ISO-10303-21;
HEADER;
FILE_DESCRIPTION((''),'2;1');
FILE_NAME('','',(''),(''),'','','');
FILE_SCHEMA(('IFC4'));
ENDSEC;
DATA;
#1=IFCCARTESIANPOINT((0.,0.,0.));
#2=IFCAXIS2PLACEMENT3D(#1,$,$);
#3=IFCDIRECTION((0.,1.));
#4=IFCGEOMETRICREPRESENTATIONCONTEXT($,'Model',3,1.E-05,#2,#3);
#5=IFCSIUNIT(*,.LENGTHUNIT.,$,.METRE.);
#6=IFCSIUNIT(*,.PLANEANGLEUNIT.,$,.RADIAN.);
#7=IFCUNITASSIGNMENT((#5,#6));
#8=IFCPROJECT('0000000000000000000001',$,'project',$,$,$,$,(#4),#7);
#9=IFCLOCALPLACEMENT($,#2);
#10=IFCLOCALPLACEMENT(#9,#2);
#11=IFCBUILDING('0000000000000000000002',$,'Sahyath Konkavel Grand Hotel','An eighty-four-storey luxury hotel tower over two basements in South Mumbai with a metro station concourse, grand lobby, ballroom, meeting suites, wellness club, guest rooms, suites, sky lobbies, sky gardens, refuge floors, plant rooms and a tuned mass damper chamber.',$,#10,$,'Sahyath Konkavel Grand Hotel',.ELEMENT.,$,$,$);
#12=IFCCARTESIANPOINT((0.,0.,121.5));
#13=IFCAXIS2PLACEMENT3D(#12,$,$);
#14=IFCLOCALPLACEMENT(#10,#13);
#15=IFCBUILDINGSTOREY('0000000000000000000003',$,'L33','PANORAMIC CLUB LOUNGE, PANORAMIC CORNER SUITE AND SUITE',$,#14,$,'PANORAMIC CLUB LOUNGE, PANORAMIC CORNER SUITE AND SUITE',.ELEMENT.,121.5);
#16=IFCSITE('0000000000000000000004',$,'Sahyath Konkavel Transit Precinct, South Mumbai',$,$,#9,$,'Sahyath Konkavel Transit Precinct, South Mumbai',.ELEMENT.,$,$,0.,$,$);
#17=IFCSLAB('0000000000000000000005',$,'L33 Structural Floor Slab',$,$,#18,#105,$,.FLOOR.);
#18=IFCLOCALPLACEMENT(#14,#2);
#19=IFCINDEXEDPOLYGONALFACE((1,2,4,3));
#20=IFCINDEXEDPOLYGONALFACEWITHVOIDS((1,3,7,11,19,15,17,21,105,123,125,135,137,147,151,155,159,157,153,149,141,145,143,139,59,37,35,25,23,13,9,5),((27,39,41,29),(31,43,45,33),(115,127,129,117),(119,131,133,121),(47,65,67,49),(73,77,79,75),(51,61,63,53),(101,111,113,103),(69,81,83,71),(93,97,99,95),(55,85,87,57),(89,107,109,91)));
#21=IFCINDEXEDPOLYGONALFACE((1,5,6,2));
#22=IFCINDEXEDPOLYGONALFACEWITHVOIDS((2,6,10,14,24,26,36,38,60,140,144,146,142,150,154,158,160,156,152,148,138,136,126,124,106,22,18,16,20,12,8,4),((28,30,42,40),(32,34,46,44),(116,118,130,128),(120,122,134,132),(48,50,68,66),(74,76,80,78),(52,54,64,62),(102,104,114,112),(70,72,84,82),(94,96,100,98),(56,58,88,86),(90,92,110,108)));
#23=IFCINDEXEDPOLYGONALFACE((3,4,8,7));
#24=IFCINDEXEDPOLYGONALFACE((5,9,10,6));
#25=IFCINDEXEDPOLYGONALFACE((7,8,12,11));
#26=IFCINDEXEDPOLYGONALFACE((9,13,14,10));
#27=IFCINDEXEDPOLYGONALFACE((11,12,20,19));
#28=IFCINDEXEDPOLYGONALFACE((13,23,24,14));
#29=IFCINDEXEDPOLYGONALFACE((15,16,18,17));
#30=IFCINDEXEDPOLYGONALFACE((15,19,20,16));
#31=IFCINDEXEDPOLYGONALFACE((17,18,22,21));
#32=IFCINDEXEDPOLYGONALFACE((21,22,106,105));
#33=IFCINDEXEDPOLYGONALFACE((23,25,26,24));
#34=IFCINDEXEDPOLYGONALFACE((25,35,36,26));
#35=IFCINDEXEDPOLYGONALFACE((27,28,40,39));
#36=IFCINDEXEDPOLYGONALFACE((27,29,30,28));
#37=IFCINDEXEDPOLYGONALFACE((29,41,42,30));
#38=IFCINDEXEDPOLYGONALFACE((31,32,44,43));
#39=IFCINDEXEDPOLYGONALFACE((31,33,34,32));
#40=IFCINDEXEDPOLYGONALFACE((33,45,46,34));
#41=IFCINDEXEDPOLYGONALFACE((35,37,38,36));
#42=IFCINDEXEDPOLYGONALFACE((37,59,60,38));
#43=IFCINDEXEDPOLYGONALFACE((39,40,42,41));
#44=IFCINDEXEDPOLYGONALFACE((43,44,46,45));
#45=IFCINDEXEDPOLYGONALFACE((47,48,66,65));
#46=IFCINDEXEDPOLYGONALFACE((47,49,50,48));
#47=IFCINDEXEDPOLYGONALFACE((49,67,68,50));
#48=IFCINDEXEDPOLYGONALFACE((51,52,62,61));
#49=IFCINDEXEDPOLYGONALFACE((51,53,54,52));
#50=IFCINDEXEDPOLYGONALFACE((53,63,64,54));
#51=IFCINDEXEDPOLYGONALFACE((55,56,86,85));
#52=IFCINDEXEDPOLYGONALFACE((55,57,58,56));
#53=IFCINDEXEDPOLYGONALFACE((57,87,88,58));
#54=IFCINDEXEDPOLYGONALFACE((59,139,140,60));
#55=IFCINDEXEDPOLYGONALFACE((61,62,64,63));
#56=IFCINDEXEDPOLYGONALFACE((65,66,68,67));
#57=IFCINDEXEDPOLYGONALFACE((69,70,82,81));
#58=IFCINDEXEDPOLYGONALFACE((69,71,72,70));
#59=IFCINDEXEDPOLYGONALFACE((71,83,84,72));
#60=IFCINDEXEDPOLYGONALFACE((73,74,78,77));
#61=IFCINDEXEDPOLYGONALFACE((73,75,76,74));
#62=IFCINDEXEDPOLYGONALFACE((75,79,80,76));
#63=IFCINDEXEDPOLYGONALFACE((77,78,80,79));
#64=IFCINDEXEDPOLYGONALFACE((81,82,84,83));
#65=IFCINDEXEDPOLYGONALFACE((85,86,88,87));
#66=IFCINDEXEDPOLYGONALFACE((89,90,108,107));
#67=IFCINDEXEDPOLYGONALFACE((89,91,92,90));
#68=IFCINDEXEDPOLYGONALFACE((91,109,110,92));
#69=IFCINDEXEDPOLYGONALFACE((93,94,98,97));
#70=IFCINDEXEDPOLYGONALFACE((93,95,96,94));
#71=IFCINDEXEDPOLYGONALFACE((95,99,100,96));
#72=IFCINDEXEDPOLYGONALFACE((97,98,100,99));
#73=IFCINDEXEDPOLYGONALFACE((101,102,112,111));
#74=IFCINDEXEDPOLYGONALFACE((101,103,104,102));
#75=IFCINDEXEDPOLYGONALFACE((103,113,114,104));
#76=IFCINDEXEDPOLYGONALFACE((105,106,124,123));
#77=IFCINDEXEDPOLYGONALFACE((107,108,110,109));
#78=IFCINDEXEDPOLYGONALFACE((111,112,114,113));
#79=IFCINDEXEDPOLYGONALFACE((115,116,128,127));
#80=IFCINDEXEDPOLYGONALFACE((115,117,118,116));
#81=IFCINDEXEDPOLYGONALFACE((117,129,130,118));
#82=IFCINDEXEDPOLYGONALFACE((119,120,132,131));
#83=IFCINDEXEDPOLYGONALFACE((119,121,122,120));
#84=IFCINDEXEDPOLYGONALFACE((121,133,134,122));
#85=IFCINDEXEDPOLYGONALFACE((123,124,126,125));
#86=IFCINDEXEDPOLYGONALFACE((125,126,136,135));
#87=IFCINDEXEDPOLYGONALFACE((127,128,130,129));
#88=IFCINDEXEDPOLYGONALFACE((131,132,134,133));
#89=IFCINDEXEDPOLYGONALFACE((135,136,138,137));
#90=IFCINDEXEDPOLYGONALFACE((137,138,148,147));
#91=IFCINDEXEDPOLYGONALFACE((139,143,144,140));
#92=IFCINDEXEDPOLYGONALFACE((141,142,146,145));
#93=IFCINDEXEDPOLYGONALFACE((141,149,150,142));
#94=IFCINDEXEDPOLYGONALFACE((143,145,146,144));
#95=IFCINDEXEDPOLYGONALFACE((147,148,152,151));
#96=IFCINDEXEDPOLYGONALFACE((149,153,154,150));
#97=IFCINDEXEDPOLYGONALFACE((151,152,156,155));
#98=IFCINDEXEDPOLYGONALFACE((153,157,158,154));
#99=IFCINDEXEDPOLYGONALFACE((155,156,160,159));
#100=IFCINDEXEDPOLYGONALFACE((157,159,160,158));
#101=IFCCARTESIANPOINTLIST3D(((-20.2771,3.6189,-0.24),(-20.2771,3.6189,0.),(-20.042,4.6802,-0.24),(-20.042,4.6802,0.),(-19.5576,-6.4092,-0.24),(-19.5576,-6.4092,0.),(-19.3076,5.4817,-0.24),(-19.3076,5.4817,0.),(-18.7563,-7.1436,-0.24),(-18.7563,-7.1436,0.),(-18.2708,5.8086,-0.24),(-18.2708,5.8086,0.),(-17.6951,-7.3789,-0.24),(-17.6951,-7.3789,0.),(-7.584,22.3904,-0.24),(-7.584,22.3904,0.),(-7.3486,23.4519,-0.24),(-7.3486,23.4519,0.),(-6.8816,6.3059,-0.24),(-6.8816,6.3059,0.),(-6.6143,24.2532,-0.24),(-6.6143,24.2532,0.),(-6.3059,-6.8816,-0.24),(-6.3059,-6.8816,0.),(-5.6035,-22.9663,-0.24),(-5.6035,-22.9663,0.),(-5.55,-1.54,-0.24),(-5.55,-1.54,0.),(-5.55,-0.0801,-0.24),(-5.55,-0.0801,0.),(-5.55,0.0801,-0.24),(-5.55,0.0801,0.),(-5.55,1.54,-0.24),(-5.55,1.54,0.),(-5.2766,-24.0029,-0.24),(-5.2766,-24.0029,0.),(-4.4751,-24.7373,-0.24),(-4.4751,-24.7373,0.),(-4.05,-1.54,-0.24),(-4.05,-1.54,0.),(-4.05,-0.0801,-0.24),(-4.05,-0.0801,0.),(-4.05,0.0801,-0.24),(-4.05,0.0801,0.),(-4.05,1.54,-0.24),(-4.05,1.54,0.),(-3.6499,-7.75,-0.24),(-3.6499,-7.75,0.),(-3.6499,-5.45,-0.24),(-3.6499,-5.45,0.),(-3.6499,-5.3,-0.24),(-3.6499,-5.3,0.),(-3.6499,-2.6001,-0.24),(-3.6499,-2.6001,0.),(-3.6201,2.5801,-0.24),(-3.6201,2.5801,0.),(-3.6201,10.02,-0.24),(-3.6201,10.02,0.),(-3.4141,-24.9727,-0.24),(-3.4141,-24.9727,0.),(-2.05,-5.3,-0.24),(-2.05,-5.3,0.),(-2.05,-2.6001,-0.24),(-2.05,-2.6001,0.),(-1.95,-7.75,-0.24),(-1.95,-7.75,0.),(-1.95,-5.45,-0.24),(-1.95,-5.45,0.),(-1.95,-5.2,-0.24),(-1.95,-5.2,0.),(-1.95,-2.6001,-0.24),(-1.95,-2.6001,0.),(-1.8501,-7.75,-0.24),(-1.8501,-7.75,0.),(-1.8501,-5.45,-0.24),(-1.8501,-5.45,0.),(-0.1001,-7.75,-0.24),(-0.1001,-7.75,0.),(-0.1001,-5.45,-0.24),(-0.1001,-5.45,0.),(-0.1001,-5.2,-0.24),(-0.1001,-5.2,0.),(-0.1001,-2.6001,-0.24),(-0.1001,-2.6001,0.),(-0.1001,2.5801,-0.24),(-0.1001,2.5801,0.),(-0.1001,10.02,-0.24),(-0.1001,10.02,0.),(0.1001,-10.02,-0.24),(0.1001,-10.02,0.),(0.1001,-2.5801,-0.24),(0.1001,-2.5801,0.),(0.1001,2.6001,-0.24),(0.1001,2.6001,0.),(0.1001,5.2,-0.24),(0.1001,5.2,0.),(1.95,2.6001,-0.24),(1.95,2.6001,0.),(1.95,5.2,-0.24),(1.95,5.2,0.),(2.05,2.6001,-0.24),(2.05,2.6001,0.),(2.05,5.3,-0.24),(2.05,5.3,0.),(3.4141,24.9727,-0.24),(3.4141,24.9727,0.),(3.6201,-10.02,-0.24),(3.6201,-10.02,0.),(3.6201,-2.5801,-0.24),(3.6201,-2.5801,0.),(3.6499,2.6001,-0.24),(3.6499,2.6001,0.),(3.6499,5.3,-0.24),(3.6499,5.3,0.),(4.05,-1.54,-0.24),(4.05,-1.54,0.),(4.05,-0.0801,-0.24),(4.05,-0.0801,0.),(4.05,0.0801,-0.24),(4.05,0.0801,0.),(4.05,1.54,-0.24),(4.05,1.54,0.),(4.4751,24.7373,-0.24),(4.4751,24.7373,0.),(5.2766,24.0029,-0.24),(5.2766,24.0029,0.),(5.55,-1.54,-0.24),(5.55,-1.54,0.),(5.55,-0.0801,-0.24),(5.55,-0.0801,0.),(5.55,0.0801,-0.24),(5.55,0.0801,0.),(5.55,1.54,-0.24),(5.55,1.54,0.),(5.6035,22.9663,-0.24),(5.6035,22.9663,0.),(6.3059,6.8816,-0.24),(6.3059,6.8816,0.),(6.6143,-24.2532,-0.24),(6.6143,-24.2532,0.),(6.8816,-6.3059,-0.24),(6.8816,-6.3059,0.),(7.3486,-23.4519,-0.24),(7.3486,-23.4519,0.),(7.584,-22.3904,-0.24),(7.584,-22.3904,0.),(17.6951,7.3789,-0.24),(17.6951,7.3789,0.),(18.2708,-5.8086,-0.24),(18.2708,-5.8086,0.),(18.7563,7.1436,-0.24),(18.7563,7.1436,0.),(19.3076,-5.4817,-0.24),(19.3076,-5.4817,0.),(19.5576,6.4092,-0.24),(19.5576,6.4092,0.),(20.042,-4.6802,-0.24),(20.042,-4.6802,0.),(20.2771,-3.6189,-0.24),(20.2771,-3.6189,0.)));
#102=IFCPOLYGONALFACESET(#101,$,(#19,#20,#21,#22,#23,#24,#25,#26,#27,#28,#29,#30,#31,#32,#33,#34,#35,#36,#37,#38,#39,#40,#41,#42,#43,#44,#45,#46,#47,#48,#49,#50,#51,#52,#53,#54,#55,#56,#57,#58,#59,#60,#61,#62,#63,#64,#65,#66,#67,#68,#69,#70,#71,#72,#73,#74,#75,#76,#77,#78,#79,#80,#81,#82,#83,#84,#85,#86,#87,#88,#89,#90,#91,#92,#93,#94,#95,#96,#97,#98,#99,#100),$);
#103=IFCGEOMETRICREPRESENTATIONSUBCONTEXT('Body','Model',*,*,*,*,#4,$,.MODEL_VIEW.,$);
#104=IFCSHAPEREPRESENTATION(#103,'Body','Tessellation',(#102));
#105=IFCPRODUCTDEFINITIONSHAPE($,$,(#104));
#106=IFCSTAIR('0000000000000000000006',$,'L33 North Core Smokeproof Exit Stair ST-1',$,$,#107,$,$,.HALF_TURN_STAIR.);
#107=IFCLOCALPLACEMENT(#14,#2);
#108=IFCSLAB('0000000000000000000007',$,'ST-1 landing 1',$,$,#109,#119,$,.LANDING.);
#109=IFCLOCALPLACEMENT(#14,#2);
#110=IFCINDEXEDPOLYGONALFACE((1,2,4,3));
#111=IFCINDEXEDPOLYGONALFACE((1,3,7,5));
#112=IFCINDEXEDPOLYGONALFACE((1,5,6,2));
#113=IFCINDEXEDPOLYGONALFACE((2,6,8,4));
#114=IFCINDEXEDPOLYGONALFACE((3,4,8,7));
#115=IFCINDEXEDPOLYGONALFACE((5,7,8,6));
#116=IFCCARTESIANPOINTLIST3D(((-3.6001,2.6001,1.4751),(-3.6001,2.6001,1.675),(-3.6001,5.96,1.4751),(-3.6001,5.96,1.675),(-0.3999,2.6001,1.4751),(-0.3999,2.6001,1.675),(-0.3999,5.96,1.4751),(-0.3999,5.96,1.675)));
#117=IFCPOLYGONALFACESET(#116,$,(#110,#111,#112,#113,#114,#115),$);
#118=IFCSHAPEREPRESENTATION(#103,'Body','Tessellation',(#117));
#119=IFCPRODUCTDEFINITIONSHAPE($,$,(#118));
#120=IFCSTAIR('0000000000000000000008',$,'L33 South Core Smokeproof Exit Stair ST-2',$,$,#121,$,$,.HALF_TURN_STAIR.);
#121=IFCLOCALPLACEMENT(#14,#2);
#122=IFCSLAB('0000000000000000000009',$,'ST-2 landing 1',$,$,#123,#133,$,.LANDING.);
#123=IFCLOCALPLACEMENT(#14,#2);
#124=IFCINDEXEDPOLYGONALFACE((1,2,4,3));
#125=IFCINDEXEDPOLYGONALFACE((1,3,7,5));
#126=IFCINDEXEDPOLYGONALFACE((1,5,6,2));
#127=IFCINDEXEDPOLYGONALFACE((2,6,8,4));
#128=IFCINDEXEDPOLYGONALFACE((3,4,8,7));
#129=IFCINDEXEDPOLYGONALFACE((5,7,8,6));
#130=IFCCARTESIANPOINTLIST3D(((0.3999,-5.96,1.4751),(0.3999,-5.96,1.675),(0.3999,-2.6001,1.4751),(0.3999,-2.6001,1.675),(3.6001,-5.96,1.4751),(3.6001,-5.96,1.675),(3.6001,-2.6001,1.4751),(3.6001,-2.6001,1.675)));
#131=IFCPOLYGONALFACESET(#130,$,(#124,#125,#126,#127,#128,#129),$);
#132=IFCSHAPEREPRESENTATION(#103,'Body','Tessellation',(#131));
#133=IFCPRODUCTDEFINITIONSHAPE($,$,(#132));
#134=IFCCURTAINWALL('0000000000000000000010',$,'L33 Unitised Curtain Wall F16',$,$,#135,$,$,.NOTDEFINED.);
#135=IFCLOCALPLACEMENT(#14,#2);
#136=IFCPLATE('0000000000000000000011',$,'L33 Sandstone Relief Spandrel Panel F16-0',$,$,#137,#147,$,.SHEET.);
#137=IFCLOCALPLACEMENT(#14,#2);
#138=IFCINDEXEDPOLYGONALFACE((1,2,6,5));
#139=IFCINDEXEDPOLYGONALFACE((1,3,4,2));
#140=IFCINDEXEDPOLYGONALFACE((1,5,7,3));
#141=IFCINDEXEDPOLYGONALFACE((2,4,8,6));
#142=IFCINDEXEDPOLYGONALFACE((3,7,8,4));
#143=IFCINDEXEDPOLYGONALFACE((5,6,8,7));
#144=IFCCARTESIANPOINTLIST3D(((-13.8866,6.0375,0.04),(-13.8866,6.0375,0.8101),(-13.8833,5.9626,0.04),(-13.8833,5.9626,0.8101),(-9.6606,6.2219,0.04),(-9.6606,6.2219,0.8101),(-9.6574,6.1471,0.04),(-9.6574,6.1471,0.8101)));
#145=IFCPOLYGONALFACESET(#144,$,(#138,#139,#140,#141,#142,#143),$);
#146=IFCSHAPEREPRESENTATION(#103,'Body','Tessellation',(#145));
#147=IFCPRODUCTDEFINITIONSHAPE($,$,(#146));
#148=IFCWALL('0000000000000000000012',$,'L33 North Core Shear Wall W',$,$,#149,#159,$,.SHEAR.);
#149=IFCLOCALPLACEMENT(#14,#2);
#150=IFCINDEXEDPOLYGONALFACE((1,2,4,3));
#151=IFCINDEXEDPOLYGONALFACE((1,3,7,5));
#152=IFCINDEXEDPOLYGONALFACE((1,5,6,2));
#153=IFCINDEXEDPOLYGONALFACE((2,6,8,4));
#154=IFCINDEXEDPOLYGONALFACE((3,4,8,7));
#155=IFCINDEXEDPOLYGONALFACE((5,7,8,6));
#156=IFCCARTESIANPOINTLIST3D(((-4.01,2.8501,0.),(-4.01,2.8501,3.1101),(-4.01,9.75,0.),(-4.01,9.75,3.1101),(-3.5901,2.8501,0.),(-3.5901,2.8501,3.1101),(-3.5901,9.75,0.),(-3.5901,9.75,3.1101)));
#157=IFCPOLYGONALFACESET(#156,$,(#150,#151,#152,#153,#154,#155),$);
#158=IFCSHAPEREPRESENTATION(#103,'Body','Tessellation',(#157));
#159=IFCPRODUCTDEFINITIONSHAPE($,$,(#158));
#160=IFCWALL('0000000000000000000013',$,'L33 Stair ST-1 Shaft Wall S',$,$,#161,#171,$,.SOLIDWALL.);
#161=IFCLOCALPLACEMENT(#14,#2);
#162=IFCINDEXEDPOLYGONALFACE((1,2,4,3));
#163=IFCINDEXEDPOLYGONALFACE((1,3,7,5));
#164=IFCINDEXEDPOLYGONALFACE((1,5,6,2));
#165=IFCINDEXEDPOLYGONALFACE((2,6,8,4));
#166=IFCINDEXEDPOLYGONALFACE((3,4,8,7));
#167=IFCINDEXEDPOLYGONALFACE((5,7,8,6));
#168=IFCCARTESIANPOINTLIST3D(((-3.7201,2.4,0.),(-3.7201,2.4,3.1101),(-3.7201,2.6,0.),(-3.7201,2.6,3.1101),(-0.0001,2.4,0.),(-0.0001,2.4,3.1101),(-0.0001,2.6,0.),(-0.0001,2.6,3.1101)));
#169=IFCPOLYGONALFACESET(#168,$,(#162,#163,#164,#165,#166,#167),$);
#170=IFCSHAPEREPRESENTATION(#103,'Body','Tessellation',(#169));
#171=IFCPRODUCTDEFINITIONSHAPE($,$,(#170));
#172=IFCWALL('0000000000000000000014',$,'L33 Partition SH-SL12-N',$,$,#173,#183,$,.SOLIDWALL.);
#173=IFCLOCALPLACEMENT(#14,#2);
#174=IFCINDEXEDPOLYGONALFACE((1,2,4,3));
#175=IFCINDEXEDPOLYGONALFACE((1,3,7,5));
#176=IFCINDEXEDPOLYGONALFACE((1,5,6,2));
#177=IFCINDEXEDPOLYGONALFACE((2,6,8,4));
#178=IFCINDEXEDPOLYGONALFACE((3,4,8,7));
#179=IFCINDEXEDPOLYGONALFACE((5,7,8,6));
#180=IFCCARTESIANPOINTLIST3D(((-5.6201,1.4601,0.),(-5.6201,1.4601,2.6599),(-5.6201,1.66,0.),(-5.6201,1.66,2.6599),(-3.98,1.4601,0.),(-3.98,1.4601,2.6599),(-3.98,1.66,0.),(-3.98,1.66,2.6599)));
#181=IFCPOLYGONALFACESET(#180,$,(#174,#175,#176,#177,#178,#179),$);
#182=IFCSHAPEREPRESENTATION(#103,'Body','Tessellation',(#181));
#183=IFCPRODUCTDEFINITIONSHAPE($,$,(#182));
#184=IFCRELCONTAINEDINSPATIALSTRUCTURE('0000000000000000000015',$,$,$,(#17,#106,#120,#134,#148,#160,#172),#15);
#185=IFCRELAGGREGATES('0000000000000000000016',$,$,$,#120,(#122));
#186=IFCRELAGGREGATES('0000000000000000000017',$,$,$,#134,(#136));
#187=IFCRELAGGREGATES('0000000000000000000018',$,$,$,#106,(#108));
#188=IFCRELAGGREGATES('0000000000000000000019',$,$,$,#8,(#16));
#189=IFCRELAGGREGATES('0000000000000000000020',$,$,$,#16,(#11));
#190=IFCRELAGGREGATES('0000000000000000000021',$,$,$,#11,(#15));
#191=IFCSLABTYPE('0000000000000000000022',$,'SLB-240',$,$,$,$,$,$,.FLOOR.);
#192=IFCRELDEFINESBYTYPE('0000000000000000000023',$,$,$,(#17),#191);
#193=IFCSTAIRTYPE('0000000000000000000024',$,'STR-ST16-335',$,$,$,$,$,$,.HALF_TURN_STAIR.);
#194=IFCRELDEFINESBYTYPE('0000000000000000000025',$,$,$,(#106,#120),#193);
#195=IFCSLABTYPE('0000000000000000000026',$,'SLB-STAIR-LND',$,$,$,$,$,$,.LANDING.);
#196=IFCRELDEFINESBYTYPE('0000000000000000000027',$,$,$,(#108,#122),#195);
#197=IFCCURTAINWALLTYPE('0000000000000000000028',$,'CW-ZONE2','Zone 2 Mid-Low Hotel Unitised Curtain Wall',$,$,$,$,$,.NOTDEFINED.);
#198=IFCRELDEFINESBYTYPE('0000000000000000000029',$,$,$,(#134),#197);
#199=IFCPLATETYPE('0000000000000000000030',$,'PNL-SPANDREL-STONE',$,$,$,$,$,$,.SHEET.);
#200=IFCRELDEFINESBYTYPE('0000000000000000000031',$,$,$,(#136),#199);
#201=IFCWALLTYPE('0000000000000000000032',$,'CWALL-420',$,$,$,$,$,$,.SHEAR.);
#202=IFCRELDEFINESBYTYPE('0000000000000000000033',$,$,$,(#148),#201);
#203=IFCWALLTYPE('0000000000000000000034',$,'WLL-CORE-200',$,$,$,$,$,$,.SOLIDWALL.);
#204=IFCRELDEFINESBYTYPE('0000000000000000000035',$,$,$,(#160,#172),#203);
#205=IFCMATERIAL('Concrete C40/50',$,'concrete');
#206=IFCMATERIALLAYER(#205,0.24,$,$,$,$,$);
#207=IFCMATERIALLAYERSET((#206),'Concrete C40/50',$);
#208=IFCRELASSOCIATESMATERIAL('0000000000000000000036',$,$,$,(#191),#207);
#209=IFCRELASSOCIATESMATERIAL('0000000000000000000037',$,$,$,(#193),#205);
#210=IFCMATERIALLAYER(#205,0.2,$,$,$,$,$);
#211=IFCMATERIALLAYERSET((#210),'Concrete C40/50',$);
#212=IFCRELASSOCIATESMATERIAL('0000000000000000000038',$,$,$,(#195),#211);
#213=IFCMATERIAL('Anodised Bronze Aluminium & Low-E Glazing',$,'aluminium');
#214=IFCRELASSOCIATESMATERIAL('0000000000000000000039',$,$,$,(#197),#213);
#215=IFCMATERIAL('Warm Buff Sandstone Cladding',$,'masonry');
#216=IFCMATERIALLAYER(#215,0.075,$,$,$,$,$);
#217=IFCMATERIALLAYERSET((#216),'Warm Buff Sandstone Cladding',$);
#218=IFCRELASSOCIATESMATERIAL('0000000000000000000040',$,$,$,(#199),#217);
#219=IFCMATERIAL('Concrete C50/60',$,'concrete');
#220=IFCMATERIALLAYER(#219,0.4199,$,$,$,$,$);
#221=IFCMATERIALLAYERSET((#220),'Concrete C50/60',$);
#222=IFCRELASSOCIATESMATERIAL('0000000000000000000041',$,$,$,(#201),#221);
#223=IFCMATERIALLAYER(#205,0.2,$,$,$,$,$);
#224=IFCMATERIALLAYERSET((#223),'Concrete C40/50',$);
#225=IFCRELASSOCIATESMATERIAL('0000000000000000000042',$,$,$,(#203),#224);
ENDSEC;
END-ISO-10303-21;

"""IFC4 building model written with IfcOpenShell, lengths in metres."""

from ifc_helpers import new_model, si_unit, direction, frame, frame_2d, origin, origin_2d, place, context, subcontext, project, spatial, polyline, rectangle, outline, extrude, source, transform, mapped, material, layer, layer_set, type_object, element, aggregate, save


model = new_model("IFC4")

# Units and contexts
model_context = context("Model", 3, precision=1e-05, world=origin(), true_north=direction((0.0, 1.0)))
body_context = subcontext(model_context, "Body", "Model", "MODEL_VIEW")
ifc_project = project(units=[si_unit("LENGTHUNIT", "METRE"), si_unit("PLANEANGLEUNIT", "RADIAN")], contexts=[model_context])

# Site, building, storey
site_placement = place(None, origin())
site = spatial("IfcSite", under=ifc_project, at=site_placement, Name="Sahyath Konkavel Transit Precinct, South Mumbai", LongName="Sahyath Konkavel Transit Precinct, South Mumbai", CompositionType="ELEMENT", RefElevation=0.0)
building_placement = place(site_placement, origin())
building = spatial("IfcBuilding", under=site, at=building_placement, Name="Sahyath Konkavel Grand Hotel", Description="An eighty-four-storey luxury hotel tower over two basements in South Mumbai with a metro station concourse, grand lobby, ballroom, meeting suites, wellness club, guest rooms, suites, sky lobbies, sky gardens, refuge floors, plant rooms and a tuned mass damper chamber.", LongName="Sahyath Konkavel Grand Hotel", CompositionType="ELEMENT")
storey_placement = place(building_placement, frame((0.0, 0.0, 121.5)))
storey = spatial("IfcBuildingStorey", under=building, at=storey_placement, Name="L33", Description="PANORAMIC CLUB LOUNGE, PANORAMIC CORNER SUITE AND SUITE", LongName="PANORAMIC CLUB LOUNGE, PANORAMIC CORNER SUITE AND SUITE", CompositionType="ELEMENT", Elevation=121.5)

# Shared definitions
ifc_material_1 = material(Name="Concrete C50/60", Category="concrete")

# Slab
ifc_material_2 = material(Name="Concrete C40/50", Category="concrete")
ifc_layer_1 = layer(ifc_material_2, 0.24)
ifc_layer_set_1 = layer_set([ifc_layer_1], Name="Concrete C40/50")
slab_type_1 = type_object("IfcSlabType", Name="SLB-240", PredefinedType="FLOOR", material=ifc_layer_set_1)
slab_1_placement = place(storey_placement, frame((0.0, 0.0, -0.24)))
element("IfcSlab", 1, at=slab_1_placement, inside=storey, type_object=slab_type_1, Name="L33 Structural Floor Slab", PredefinedType="FLOOR", context=body_context, shape_type="SweptSolid", body=[
    extrude(outline(polyline([(6.8816, -6.3059), (18.2708, -5.8086), (19.3076, -5.4817), (20.042, -4.6802), (20.2771, -3.6189), (19.5576, 6.4092), (18.7563, 7.1436), (17.6951, 7.3789), (6.3059, 6.8816), (5.6035, 22.9663), (5.2766, 24.0029), (4.4751, 24.7373), (3.4141, 24.9727), (-6.6143, 24.2532), (-7.3486, 23.4519), (-7.584, 22.3904), (-6.8816, 6.3059), (-18.2708, 5.8086), (-19.3076, 5.4817), (-20.042, 4.6802), (-20.2771, 3.6189), (-19.5576, -6.4092), (-18.7563, -7.1436), (-17.6951, -7.3789), (-6.3059, -6.8816), (-5.6035, -22.9663), (-5.2766, -24.0029), (-4.4751, -24.7373), (-3.4141, -24.9727), (6.6143, -24.2532), (7.3486, -23.4519), (7.584, -22.3904), (6.8816, -6.3059)]), holes=[polyline([(-3.6201, 2.5801), (-0.1001, 2.5801), (-0.1001, 10.02), (-3.6201, 10.02), (-3.6201, 2.5801)]), polyline([(0.1001, -10.02), (3.6201, -10.02), (3.6201, -2.5801), (0.1001, -2.5801), (0.1001, -10.02)]), polyline([(0.1001, 2.6001), (1.95, 2.6001), (1.95, 5.2), (0.1001, 5.2), (0.1001, 2.6001)]), polyline([(-1.95, -5.2), (-0.1001, -5.2), (-0.1001, -2.6001), (-1.95, -2.6001), (-1.95, -5.2)]), polyline([(2.05, 2.6001), (3.6499, 2.6001), (3.6499, 5.3), (2.05, 5.3), (2.05, 2.6001)]), polyline([(-3.6499, -5.3), (-2.05, -5.3), (-2.05, -2.6001), (-3.6499, -2.6001), (-3.6499, -5.3)]), polyline([(-3.6499, -7.75), (-1.95, -7.75), (-1.95, -5.45), (-3.6499, -5.45), (-3.6499, -7.75)]), polyline([(-1.8501, -7.75), (-0.1001, -7.75), (-0.1001, -5.45), (-1.8501, -5.45), (-1.8501, -7.75)]), polyline([(4.05, 0.0801), (5.55, 0.0801), (5.55, 1.54), (4.05, 1.54), (4.05, 0.0801)]), polyline([(4.05, -1.54), (5.55, -1.54), (5.55, -0.0801), (4.05, -0.0801), (4.05, -1.54)]), polyline([(-5.55, 0.0801), (-4.05, 0.0801), (-4.05, 1.54), (-5.55, 1.54), (-5.55, 0.0801)]), polyline([(-5.55, -1.54), (-4.05, -1.54), (-4.05, -0.0801), (-5.55, -0.0801), (-5.55, -1.54)])]), origin(), (0.0, 0.0, 1.0), 0.24),
])

# Stairs, slabs
stair_type = type_object("IfcStairType", Name="STR-ST16-335", PredefinedType="HALF_TURN_STAIR", material=ifc_material_2)
stair_1_placement = place(storey_placement, origin())
stair_1 = element("IfcStair", 2, at=stair_1_placement, inside=storey, type_object=stair_type, Name="L33 North Core Smokeproof Exit Stair ST-1", PredefinedType="HALF_TURN_STAIR")
ifc_layer_2 = layer(ifc_material_2, 0.2)
ifc_layer_set_2 = layer_set([ifc_layer_2], Name="Concrete C40/50")
slab_type_2 = type_object("IfcSlabType", Name="SLB-STAIR-LND", PredefinedType="LANDING", material=ifc_layer_set_2)
slab_2_placement = place(storey_placement, frame((0.0, 0.0, 1.4751)))
slab_2 = element("IfcSlab", 3, at=slab_2_placement, type_object=slab_type_2, Name="ST-1 landing 1", PredefinedType="LANDING", context=body_context, shape_type="SweptSolid", body=[
    extrude(outline(polyline([(-3.6001, 5.96), (-3.6001, 2.6001), (-0.3999, 2.6001), (-0.3999, 5.96), (-3.6001, 5.96)])), origin(), (0.0, 0.0, 1.0), 0.2),
])
stair_2_placement = place(storey_placement, origin())
stair_2 = element("IfcStair", 4, at=stair_2_placement, inside=storey, type_object=stair_type, Name="L33 South Core Smokeproof Exit Stair ST-2", PredefinedType="HALF_TURN_STAIR")
slab_3_placement = place(storey_placement, frame((0.0, 0.0, 1.4751)))
slab_3 = element("IfcSlab", 5, at=slab_3_placement, type_object=slab_type_2, Name="ST-2 landing 1", PredefinedType="LANDING", context=body_context, shape_type="SweptSolid", body=[
    extrude(outline(polyline([(3.6001, -5.96), (3.6001, -2.6001), (0.3999, -2.6001), (0.3999, -5.96), (3.6001, -5.96)])), origin(), (0.0, 0.0, 1.0), 0.2),
])
aggregate(stair_2, [slab_3])

# Curtain wall, plate
ifc_material_3 = material(Name="Anodised Bronze Aluminium & Low-E Glazing", Category="aluminium")
curtain_wall_type = type_object("IfcCurtainWallType", Name="CW-ZONE2", Description="Zone 2 Mid-Low Hotel Unitised Curtain Wall", PredefinedType="NOTDEFINED", material=ifc_material_3)
curtain_wall_placement = place(storey_placement, origin())
curtain_wall = element("IfcCurtainWall", 6, at=curtain_wall_placement, inside=storey, type_object=curtain_wall_type, Name="L33 Unitised Curtain Wall F16", PredefinedType="NOTDEFINED")
ifc_material_4 = material(Name="Warm Buff Sandstone Cladding", Category="masonry")
ifc_layer_3 = layer(ifc_material_4, 0.075)
ifc_layer_set_3 = layer_set([ifc_layer_3], Name="Warm Buff Sandstone Cladding")
plate_type = type_object("IfcPlateType", Name="PNL-SPANDREL-STONE", PredefinedType="SHEET", material=ifc_layer_set_3)
shared_shape_1 = source(origin(), body_context, "Body", "SweptSolid", [
    extrude(rectangle(XDim=4.23, YDim=0.075, at=origin_2d()), origin(), (0.0, 0.0, 1.0), 0.77),
])
plate_placement = place(storey_placement, frame((-11.772, 6.0923, 0.04), z_axis=(0.0, 0.0, 1.0), x_axis=(-0.999049, -0.043602, 0.0)))
plate = element("IfcPlate", 7, at=plate_placement, type_object=plate_type, Name="L33 Sandstone Relief Spandrel Panel F16-0", PredefinedType="SHEET", context=body_context, shape_type="MappedRepresentation", body=[
    mapped(shared_shape_1, transform((0.0, 0.0, 0.0), scale=1.0)),
])
aggregate(curtain_wall, [plate])

# Walls
ifc_layer_4 = layer(ifc_material_1, 0.4199)
ifc_layer_set_4 = layer_set([ifc_layer_4], Name="Concrete C50/60")
wall_type_1 = type_object("IfcWallType", Name="CWALL-420", PredefinedType="SHEAR", material=ifc_layer_set_4)
wall_1_placement = place(storey_placement, frame((-3.8, 2.8501, 0.0), z_axis=(0.0, 0.0, 1.0), x_axis=(0.0, 1.0, 0.0)))
element("IfcWall", 8, at=wall_1_placement, inside=storey, type_object=wall_type_1, Name="L33 North Core Shear Wall W", PredefinedType="SHEAR", context=body_context, shape_type="SweptSolid", body=[
    extrude(rectangle(XDim=6.8999, YDim=0.4199, at=frame_2d((3.45, 0.0))), origin(), (0.0, 0.0, 1.0), 3.1101),
])
ifc_layer_5 = layer(ifc_material_2, 0.2)
ifc_layer_set_5 = layer_set([ifc_layer_5], Name="Concrete C40/50")
wall_type_2 = type_object("IfcWallType", Name="WLL-CORE-200", PredefinedType="SOLIDWALL", material=ifc_layer_set_5)
wall_2_placement = place(storey_placement, frame((-3.72, 2.5, 0.0), z_axis=(0.0, 0.0, 1.0), x_axis=(1.0, 0.0, 0.0)))
element("IfcWall", 9, at=wall_2_placement, inside=storey, type_object=wall_type_2, Name="L33 Stair ST-1 Shaft Wall S", PredefinedType="SOLIDWALL", context=body_context, shape_type="SweptSolid", body=[
    extrude(rectangle(XDim=3.72, YDim=0.2, at=frame_2d((1.8599, 0.0))), origin(), (0.0, 0.0, 1.0), 3.1101),
])
for number, where, z_axis, x_axis, name in (
    (10, (-5.6201, 1.5601, 0.0), (0.0, 0.0, 1.0), (1.0, 0.0, 0.0), "L33 Partition SH-SL12-N"),
):
    element("IfcWall", number, at=place(storey_placement, frame(where, z_axis=z_axis, x_axis=x_axis)), inside=storey, type_object=wall_type_2, Name=name, PredefinedType="SOLIDWALL", context=body_context, shape_type="SweptSolid", body=[
        extrude(rectangle(XDim=1.6401, YDim=0.2, at=frame_2d((0.8201, 0.0))), origin(), (0.0, 0.0, 1.0), 2.6599),
    ])

aggregate(stair_1, [slab_2])

save(model, "model.ifc")
